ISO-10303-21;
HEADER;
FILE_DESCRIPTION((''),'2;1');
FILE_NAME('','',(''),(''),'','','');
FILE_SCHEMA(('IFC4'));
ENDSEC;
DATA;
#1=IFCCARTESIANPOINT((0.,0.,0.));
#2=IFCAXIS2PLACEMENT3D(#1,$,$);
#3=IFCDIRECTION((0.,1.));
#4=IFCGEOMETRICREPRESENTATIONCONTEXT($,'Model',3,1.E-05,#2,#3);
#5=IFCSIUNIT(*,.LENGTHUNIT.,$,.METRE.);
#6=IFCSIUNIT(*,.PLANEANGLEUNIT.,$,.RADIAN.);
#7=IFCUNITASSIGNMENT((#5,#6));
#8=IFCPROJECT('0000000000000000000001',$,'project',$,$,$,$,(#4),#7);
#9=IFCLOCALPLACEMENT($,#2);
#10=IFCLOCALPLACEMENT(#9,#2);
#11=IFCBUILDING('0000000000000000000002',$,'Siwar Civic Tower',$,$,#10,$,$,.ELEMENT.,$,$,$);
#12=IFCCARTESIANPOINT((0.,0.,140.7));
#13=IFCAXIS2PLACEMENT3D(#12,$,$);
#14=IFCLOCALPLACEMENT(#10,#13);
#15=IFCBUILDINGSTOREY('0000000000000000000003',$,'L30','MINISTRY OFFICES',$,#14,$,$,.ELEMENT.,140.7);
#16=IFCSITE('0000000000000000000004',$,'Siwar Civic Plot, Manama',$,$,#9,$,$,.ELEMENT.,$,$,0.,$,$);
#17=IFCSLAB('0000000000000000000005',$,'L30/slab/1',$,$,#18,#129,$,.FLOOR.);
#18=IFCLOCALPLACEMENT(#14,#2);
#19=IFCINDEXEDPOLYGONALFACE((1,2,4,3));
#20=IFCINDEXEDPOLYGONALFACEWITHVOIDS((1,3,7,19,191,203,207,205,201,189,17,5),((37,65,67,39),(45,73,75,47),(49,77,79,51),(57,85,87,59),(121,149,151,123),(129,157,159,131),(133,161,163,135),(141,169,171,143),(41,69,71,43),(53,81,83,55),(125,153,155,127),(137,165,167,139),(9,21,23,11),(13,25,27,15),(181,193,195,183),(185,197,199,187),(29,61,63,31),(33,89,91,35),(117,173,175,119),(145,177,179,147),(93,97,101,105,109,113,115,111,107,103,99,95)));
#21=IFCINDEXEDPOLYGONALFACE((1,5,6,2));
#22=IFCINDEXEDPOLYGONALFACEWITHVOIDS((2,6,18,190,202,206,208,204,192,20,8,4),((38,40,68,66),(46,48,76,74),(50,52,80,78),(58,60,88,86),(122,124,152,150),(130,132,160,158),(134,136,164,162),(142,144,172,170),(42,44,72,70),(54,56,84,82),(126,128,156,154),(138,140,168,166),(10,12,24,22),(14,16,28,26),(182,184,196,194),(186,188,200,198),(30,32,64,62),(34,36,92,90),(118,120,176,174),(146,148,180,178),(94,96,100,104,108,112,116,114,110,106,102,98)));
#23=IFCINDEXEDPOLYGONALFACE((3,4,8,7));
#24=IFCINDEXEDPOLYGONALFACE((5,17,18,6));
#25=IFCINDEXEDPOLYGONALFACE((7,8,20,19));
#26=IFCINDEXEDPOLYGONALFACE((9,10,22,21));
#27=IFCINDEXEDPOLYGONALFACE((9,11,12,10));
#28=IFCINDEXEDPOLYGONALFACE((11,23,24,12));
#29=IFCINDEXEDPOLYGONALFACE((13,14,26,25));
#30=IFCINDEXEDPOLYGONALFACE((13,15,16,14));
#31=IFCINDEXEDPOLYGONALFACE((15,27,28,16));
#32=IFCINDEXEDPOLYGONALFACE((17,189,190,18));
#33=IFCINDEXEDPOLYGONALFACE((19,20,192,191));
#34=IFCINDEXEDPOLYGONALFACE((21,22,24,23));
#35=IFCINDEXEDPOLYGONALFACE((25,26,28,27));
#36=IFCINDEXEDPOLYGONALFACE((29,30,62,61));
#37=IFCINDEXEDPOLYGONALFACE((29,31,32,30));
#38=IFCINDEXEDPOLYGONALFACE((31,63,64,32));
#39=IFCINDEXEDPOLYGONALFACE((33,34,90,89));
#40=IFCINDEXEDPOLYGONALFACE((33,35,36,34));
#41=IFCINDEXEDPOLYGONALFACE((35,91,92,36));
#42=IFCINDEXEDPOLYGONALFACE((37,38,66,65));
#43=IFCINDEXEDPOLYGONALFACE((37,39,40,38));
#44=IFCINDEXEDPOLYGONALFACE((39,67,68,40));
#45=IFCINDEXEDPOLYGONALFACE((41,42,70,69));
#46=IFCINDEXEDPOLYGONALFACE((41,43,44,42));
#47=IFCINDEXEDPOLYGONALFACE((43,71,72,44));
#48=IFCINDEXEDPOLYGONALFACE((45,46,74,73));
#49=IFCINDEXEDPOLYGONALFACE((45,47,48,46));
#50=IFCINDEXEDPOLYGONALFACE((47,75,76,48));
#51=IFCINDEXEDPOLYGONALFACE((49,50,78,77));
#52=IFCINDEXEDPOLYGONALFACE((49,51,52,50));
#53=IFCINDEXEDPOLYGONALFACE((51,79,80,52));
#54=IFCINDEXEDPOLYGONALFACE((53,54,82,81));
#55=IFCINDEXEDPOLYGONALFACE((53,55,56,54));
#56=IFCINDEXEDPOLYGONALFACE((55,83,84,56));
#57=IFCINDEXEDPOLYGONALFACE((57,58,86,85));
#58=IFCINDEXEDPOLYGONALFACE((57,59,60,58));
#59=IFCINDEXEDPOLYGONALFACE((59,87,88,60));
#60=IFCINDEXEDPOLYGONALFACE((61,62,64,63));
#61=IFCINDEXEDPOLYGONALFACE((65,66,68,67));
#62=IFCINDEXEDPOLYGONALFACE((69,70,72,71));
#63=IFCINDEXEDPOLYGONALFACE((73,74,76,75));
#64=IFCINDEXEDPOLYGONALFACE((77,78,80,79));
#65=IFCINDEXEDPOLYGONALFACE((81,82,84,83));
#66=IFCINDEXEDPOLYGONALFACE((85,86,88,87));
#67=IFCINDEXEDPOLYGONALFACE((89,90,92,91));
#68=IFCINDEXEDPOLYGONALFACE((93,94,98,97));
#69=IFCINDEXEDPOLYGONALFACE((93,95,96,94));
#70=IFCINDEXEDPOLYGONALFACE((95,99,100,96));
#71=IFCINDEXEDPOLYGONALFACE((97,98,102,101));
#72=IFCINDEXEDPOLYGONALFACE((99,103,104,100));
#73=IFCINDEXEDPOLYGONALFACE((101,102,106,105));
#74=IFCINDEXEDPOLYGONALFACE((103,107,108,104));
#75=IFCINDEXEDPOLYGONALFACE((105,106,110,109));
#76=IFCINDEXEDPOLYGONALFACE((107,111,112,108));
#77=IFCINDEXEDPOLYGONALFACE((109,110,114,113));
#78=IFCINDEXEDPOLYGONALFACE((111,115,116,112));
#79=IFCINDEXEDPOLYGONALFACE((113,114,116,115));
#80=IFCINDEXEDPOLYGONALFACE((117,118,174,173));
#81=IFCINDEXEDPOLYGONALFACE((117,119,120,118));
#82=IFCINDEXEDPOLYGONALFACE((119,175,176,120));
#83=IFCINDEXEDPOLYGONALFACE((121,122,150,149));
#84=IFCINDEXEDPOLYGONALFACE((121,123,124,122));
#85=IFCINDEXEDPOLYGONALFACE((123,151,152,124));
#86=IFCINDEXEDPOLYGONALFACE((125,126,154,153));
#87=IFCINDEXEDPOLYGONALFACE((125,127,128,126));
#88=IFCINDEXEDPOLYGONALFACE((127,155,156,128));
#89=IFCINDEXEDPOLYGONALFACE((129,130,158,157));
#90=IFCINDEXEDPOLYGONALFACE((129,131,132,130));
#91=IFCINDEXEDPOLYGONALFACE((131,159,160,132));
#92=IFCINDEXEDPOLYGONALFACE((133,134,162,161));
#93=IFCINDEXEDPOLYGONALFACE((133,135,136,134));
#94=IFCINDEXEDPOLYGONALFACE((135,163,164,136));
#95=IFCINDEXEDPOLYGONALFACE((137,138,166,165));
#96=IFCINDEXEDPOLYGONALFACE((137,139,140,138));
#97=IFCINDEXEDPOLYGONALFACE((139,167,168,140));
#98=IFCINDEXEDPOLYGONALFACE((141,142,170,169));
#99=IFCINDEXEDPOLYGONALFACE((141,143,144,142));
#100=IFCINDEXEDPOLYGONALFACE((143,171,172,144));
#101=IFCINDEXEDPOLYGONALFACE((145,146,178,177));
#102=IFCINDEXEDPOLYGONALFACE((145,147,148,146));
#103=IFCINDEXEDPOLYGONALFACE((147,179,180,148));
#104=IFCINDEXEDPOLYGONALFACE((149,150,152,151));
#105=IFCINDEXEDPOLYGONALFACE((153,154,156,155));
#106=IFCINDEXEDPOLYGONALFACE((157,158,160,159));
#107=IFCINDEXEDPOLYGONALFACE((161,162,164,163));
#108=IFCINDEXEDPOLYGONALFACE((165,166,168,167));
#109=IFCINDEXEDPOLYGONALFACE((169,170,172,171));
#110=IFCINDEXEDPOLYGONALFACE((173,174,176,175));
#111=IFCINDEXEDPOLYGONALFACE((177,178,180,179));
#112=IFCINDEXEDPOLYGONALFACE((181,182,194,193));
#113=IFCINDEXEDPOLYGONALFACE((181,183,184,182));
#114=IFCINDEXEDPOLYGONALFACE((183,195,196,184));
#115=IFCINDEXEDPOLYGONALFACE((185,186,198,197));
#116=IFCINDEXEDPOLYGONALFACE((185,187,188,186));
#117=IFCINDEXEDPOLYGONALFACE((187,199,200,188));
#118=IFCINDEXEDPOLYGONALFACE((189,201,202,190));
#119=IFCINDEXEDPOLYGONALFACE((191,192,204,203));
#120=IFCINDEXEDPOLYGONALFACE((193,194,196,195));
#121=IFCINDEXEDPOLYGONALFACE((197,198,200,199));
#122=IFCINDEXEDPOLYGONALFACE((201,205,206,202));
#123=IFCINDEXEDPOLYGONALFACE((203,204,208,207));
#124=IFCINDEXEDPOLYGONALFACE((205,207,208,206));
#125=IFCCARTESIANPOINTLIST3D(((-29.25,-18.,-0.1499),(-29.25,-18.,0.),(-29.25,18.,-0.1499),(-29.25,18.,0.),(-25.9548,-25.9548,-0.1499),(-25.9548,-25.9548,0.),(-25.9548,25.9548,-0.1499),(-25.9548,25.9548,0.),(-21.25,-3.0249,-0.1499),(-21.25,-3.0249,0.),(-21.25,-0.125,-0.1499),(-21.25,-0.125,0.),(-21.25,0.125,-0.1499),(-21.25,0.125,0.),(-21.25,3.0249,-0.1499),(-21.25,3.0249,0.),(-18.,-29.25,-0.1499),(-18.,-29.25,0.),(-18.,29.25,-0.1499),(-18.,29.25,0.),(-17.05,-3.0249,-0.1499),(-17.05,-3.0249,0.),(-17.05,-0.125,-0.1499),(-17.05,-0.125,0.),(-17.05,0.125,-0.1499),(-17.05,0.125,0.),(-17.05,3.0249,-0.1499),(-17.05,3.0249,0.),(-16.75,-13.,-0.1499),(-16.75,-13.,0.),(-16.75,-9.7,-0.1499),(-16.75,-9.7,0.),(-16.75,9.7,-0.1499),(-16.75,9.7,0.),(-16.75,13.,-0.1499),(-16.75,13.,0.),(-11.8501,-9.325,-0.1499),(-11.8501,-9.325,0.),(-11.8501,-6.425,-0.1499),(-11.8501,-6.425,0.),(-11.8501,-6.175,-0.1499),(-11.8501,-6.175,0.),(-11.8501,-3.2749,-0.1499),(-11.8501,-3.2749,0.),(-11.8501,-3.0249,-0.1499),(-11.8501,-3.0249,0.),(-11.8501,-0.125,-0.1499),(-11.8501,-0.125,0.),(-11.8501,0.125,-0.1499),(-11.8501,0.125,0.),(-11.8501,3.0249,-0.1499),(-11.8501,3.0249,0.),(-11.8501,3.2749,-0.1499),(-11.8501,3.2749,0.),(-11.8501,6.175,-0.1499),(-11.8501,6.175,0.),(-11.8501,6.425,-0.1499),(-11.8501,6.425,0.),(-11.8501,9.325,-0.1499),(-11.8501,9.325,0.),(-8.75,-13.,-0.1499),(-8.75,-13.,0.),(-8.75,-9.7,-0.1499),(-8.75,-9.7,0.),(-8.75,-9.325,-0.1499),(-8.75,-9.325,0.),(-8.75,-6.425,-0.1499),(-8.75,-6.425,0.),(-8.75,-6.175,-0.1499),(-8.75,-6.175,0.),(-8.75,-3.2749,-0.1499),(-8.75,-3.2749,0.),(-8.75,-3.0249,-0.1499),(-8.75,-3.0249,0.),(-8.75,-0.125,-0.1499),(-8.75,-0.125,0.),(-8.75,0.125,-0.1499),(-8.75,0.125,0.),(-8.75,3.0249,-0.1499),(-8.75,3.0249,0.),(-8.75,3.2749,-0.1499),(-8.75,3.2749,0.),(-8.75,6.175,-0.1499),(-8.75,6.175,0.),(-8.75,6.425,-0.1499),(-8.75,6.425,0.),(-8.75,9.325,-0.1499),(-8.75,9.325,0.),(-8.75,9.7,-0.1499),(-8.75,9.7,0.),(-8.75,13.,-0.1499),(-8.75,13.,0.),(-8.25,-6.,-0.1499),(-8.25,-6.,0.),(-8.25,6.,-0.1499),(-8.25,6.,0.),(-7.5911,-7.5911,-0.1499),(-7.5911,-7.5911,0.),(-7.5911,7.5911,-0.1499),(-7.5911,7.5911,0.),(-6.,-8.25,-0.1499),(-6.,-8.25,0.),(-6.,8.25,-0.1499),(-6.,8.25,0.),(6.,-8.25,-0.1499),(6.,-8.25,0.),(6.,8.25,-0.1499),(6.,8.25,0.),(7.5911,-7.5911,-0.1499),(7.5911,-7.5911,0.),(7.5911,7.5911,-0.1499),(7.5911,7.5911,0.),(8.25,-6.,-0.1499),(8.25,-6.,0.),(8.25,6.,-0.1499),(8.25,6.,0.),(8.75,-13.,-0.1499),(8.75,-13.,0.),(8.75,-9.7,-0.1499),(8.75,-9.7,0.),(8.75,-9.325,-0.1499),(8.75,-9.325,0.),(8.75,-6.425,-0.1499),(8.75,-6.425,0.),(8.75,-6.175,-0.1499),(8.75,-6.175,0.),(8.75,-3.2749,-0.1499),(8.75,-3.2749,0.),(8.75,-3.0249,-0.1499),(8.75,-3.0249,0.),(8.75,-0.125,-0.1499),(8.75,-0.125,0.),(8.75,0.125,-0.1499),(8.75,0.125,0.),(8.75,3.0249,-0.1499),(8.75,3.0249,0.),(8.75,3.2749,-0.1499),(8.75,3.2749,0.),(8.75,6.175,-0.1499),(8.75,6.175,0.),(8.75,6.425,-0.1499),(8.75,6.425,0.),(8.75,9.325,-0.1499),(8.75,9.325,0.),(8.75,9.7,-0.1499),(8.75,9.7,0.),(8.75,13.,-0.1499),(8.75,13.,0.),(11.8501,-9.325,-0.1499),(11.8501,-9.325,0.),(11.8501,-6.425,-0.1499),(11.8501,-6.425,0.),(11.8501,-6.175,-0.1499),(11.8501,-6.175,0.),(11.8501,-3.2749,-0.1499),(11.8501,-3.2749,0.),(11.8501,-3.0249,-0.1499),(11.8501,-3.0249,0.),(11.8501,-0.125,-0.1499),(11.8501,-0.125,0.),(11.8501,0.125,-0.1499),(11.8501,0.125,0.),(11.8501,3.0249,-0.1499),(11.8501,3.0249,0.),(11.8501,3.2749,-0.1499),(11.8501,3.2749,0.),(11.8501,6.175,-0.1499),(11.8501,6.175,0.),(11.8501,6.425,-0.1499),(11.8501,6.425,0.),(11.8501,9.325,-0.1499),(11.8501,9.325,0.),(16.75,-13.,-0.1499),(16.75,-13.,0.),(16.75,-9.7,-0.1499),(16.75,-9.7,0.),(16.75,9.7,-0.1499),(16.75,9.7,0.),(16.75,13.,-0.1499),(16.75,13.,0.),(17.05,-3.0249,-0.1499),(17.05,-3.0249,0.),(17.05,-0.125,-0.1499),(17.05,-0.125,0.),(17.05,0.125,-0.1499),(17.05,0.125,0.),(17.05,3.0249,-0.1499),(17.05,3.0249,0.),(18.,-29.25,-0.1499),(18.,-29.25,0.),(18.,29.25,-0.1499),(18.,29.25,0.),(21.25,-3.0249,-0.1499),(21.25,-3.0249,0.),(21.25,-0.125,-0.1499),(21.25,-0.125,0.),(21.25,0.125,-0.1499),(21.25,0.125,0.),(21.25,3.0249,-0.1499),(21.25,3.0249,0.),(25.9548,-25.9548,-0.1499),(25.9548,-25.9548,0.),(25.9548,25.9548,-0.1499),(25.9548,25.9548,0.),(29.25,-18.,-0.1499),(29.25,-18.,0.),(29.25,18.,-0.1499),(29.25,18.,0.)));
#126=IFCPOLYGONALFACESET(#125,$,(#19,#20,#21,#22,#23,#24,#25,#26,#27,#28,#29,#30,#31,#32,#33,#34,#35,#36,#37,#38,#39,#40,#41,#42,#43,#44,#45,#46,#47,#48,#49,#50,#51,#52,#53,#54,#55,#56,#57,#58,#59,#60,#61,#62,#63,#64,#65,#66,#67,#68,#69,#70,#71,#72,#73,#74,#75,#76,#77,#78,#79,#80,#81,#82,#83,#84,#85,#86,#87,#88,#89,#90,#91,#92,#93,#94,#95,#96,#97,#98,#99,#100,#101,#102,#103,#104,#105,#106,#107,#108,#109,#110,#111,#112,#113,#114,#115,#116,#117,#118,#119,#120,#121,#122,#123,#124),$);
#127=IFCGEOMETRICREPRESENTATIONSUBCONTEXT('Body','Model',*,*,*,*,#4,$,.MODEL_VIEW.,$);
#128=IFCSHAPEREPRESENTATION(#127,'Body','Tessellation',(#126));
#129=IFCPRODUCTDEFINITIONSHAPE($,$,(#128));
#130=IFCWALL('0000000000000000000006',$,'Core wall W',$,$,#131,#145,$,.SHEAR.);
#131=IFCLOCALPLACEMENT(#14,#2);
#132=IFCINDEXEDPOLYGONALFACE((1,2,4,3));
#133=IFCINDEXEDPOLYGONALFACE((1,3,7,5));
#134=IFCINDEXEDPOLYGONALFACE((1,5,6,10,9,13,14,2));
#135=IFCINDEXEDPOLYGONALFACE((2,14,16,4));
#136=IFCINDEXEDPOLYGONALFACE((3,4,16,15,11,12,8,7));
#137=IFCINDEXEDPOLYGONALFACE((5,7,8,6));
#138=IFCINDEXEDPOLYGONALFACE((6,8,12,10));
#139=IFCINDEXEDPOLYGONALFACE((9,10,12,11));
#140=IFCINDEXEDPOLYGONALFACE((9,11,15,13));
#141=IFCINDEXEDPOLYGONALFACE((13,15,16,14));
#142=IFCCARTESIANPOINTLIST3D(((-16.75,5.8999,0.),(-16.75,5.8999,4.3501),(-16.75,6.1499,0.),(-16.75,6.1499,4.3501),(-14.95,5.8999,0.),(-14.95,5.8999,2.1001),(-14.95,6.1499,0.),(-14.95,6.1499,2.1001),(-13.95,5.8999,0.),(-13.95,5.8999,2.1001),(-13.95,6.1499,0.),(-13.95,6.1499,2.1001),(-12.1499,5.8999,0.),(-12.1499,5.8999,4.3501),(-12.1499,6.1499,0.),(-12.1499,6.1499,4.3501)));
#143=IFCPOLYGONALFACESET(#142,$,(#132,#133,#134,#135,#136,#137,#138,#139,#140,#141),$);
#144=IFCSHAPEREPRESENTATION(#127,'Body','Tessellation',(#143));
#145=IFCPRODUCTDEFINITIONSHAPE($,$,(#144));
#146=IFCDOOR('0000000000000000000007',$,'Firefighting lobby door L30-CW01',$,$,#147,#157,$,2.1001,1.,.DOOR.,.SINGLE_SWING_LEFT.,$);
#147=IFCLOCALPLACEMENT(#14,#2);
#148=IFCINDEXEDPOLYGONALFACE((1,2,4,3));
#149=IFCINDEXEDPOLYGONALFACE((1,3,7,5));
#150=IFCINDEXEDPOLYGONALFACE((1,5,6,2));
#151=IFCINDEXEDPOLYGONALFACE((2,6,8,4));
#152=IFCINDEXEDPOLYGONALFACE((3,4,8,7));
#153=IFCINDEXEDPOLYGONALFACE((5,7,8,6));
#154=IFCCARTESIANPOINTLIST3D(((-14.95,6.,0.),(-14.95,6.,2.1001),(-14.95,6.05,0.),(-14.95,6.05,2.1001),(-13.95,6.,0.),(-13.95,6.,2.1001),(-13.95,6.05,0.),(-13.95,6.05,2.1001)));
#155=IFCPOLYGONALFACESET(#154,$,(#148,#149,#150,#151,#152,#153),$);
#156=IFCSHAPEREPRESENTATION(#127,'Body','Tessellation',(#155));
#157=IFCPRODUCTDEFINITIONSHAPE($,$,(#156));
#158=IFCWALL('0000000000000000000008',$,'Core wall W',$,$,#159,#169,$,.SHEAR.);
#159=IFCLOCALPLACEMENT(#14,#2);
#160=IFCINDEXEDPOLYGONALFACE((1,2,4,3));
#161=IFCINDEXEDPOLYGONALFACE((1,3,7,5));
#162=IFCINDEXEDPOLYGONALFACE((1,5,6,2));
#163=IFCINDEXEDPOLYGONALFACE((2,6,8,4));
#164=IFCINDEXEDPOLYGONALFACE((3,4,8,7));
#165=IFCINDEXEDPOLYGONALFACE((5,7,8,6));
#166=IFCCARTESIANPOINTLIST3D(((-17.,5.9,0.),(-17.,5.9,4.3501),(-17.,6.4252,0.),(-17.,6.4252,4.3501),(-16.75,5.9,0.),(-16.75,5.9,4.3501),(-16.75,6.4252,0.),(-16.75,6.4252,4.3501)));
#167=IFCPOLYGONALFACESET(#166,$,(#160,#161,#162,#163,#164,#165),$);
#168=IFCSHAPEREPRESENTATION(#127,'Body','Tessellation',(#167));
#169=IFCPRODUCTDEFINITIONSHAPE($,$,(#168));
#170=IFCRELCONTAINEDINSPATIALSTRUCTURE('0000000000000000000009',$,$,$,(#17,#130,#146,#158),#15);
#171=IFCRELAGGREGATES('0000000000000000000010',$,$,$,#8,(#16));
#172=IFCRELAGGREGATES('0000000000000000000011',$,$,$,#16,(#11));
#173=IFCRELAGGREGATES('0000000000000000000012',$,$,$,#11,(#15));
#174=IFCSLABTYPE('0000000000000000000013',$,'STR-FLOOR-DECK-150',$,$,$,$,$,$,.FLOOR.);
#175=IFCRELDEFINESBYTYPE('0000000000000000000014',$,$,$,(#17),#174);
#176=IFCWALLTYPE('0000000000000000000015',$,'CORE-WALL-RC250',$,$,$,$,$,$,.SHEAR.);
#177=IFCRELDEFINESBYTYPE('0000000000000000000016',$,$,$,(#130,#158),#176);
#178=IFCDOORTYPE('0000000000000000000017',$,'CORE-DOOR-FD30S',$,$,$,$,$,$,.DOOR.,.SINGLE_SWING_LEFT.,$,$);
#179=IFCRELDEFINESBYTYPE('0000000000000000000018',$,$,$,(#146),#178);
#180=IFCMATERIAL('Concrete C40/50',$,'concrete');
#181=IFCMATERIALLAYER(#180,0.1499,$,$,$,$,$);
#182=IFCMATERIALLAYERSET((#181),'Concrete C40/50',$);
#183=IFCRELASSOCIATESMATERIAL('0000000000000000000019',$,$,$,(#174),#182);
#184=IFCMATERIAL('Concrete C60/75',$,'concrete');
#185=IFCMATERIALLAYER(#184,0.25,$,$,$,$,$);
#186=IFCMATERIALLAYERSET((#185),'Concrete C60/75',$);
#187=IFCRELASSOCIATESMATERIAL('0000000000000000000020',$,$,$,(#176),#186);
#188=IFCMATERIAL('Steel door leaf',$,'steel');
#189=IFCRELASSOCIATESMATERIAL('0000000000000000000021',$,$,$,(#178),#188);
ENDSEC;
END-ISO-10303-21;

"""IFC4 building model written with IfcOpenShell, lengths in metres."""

from ifc_helpers import new_model, si_unit, direction, frame, frame_2d, origin, place, context, subcontext, project, spatial, polyline, rectangle, outline, extrude, material, layer, layer_set, type_object, element, fill, save


model = new_model("IFC4")

# Units and contexts
model_context = context("Model", 3, precision=1e-05, world=origin(), true_north=direction((0.0, 1.0)))
body_context = subcontext(model_context, "Body", "Model", "MODEL_VIEW")
ifc_project = project(units=[si_unit("LENGTHUNIT", "METRE"), si_unit("PLANEANGLEUNIT", "RADIAN")], contexts=[model_context])

# Site, building, storey
site_placement = place(None, origin())
site = spatial("IfcSite", under=ifc_project, at=site_placement, Name="Siwar Civic Plot, Manama", CompositionType="ELEMENT", RefElevation=0.0)
building_placement = place(site_placement, origin())
building = spatial("IfcBuilding", under=site, at=building_placement, Name="Siwar Civic Tower", CompositionType="ELEMENT")
storey_placement = place(building_placement, frame((0.0, 0.0, 140.7)))
storey = spatial("IfcBuildingStorey", under=building, at=storey_placement, Name="L30", Description="MINISTRY OFFICES", CompositionType="ELEMENT", Elevation=140.7)

# Slab
ifc_material_1 = material(Name="Concrete C40/50", Category="concrete")
ifc_layer_1 = layer(ifc_material_1, 0.1499)
ifc_layer_set_1 = layer_set([ifc_layer_1], Name="Concrete C40/50")
slab_type_1 = type_object("IfcSlabType", Name="STR-FLOOR-DECK-150", PredefinedType="FLOOR", material=ifc_layer_set_1)
slab_1_placement = place(storey_placement, frame((0.0, 0.0, -0.1499)))
element("IfcSlab", 1, at=slab_1_placement, inside=storey, type_object=slab_type_1, Name="L30/slab/1", PredefinedType="FLOOR", context=body_context, shape_type="SweptSolid", body=[
    extrude(outline(polyline([(-18.0, -29.25), (18.0, -29.25), (25.9548, -25.9548), (29.25, -18.0), (29.25, 18.0), (25.9548, 25.9548), (18.0, 29.25), (-18.0, 29.25), (-25.9548, 25.9548), (-29.25, 18.0), (-29.25, -18.0), (-25.9548, -25.9548), (-18.0, -29.25)]), holes=[polyline([(21.25, 3.0249), (21.25, 0.125), (17.05, 0.125), (17.05, 3.0249), (21.25, 3.0249)]), polyline([(17.05, -0.125), (21.25, -0.125), (21.25, -3.0249), (17.05, -3.0249), (17.05, -0.125)]), polyline([(16.75, 13.0), (16.75, 9.7), (8.75, 9.7), (8.75, 13.0), (16.75, 13.0)]), polyline([(8.75, -9.7), (16.75, -9.7), (16.75, -13.0), (8.75, -13.0), (8.75, -9.7)]), polyline([(11.8501, 9.325), (11.8501, 6.425), (8.75, 6.425), (8.75, 9.325), (11.8501, 9.325)]), polyline([(11.8501, 3.0249), (11.8501, 0.125), (8.75, 0.125), (8.75, 3.0249), (11.8501, 3.0249)]), polyline([(11.8501, -0.125), (11.8501, -3.0249), (8.75, -3.0249), (8.75, -0.125), (11.8501, -0.125)]), polyline([(11.8501, -3.2749), (11.8501, -6.175), (8.75, -6.175), (8.75, -3.2749), (11.8501, -3.2749)]), polyline([(8.75, 6.175), (11.8501, 6.175), (11.8501, 3.2749), (8.75, 3.2749), (8.75, 6.175)]), polyline([(8.75, -6.425), (11.8501, -6.425), (11.8501, -9.325), (8.75, -9.325), (8.75, -6.425)]), polyline([(-6.0, 8.25), (6.0, 8.25), (7.5911, 7.5911), (8.25, 6.0), (8.25, -6.0), (7.5911, -7.5911), (6.0, -8.25), (-6.0, -8.25), (-7.5911, -7.5911), (-8.25, -6.0), (-8.25, 6.0), (-7.5911, 7.5911), (-6.0, 8.25)]), polyline([(-8.75, 9.7), (-16.75, 9.7), (-16.75, 13.0), (-8.75, 13.0), (-8.75, 9.7)]), polyline([(-8.75, 0.125), (-11.8501, 0.125), (-11.8501, 3.0249), (-8.75, 3.0249), (-8.75, 0.125)]), polyline([(-8.75, -6.175), (-11.8501, -6.175), (-11.8501, -3.2749), (-8.75, -3.2749), (-8.75, -6.175)]), polyline([(-8.75, -9.325), (-11.8501, -9.325), (-11.8501, -6.425), (-8.75, -6.425), (-8.75, -9.325)]), polyline([(-8.75, -13.0), (-16.75, -13.0), (-16.75, -9.7), (-8.75, -9.7), (-8.75, -13.0)]), polyline([(-11.8501, 6.425), (-11.8501, 9.325), (-8.75, 9.325), (-8.75, 6.425), (-11.8501, 6.425)]), polyline([(-11.8501, 3.2749), (-11.8501, 6.175), (-8.75, 6.175), (-8.75, 3.2749), (-11.8501, 3.2749)]), polyline([(-11.8501, -3.0249), (-11.8501, -0.125), (-8.75, -0.125), (-8.75, -3.0249), (-11.8501, -3.0249)]), polyline([(-21.25, -3.0249), (-21.25, -0.125), (-17.05, -0.125), (-17.05, -3.0249), (-21.25, -3.0249)]), polyline([(-17.05, 0.125), (-21.25, 0.125), (-21.25, 3.0249), (-17.05, 3.0249), (-17.05, 0.125)])]), origin(), (0.0, 0.0, 1.0), 0.1499),
])

# Wall, opening, door
ifc_material_2 = material(Name="Concrete C60/75", Category="concrete")
ifc_layer_2 = layer(ifc_material_2, 0.25)
ifc_layer_set_2 = layer_set([ifc_layer_2], Name="Concrete C60/75")
wall_type_1 = type_object("IfcWallType", Name="CORE-WALL-RC250", PredefinedType="SHEAR", material=ifc_layer_set_2)
wall_1_placement = place(storey_placement, frame((-12.1499, 6.0249, 0.0), z_axis=(0.0, 0.0, 1.0), x_axis=(-1.0, 0.0, 0.0)))
wall_1 = element("IfcWall", 2, at=wall_1_placement, inside=storey, type_object=wall_type_1, Name="Core wall W", PredefinedType="SHEAR", context=body_context, shape_type="SweptSolid", body=[
    extrude(rectangle(XDim=4.6001, YDim=0.25, at=frame_2d((2.3, 0.0))), origin(), (0.0, 0.0, 1.0), 4.3501),
])
opening_1_placement = place(wall_1_placement, frame((1.8, 0.0, 0.0)))
opening_1 = element("IfcOpeningElement", 3, at=opening_1_placement, cuts=wall_1, PredefinedType="OPENING", context=body_context, shape_type="SweptSolid", body=[
    extrude(rectangle(XDim=1.0, YDim=2.1001, at=frame_2d((0.5, 1.05))), frame((0.0, 0.135, 0.0), z_axis=(0.0, -1.0, 0.0), x_axis=(1.0, 0.0, 0.0)), (0.0, 0.0, 1.0), 0.27),
])
ifc_material_3 = material(Name="Steel door leaf", Category="steel")
door_type_1 = type_object("IfcDoorType", Name="CORE-DOOR-FD30S", OperationType="SINGLE_SWING_LEFT", PredefinedType="DOOR", material=ifc_material_3)
door_1_placement = place(opening_1_placement, origin())
door_1 = element("IfcDoor", 4, at=door_1_placement, inside=storey, type_object=door_type_1, Name="Firefighting lobby door L30-CW01", OperationType="SINGLE_SWING_LEFT", OverallHeight=2.1001, OverallWidth=1.0, PredefinedType="DOOR", context=body_context, shape_type="SweptSolid", body=[
    extrude(rectangle(XDim=1.0, YDim=2.1001, at=frame_2d((0.5, 1.05))), frame((0.0, 0.0249, 0.0), z_axis=(0.0, -1.0, 0.0), x_axis=(1.0, 0.0, 0.0)), (0.0, 0.0, 1.0), 0.05),
])
fill(opening_1, door_1)

# Wall
wall_2_placement = place(storey_placement, frame((-16.875, 5.8999, 0.0), z_axis=(0.0, 0.0, 1.0), x_axis=(0.0, 1.0, 0.0)))
element("IfcWall", 5, at=wall_2_placement, inside=storey, type_object=wall_type_1, Name="Core wall W", PredefinedType="SHEAR", context=body_context, shape_type="SweptSolid", body=[
    extrude(rectangle(XDim=0.5251, YDim=0.25, at=frame_2d((0.2627, 0.0))), origin(), (0.0, 0.0, 1.0), 4.3501),
])

save(model, "model.ifc")
